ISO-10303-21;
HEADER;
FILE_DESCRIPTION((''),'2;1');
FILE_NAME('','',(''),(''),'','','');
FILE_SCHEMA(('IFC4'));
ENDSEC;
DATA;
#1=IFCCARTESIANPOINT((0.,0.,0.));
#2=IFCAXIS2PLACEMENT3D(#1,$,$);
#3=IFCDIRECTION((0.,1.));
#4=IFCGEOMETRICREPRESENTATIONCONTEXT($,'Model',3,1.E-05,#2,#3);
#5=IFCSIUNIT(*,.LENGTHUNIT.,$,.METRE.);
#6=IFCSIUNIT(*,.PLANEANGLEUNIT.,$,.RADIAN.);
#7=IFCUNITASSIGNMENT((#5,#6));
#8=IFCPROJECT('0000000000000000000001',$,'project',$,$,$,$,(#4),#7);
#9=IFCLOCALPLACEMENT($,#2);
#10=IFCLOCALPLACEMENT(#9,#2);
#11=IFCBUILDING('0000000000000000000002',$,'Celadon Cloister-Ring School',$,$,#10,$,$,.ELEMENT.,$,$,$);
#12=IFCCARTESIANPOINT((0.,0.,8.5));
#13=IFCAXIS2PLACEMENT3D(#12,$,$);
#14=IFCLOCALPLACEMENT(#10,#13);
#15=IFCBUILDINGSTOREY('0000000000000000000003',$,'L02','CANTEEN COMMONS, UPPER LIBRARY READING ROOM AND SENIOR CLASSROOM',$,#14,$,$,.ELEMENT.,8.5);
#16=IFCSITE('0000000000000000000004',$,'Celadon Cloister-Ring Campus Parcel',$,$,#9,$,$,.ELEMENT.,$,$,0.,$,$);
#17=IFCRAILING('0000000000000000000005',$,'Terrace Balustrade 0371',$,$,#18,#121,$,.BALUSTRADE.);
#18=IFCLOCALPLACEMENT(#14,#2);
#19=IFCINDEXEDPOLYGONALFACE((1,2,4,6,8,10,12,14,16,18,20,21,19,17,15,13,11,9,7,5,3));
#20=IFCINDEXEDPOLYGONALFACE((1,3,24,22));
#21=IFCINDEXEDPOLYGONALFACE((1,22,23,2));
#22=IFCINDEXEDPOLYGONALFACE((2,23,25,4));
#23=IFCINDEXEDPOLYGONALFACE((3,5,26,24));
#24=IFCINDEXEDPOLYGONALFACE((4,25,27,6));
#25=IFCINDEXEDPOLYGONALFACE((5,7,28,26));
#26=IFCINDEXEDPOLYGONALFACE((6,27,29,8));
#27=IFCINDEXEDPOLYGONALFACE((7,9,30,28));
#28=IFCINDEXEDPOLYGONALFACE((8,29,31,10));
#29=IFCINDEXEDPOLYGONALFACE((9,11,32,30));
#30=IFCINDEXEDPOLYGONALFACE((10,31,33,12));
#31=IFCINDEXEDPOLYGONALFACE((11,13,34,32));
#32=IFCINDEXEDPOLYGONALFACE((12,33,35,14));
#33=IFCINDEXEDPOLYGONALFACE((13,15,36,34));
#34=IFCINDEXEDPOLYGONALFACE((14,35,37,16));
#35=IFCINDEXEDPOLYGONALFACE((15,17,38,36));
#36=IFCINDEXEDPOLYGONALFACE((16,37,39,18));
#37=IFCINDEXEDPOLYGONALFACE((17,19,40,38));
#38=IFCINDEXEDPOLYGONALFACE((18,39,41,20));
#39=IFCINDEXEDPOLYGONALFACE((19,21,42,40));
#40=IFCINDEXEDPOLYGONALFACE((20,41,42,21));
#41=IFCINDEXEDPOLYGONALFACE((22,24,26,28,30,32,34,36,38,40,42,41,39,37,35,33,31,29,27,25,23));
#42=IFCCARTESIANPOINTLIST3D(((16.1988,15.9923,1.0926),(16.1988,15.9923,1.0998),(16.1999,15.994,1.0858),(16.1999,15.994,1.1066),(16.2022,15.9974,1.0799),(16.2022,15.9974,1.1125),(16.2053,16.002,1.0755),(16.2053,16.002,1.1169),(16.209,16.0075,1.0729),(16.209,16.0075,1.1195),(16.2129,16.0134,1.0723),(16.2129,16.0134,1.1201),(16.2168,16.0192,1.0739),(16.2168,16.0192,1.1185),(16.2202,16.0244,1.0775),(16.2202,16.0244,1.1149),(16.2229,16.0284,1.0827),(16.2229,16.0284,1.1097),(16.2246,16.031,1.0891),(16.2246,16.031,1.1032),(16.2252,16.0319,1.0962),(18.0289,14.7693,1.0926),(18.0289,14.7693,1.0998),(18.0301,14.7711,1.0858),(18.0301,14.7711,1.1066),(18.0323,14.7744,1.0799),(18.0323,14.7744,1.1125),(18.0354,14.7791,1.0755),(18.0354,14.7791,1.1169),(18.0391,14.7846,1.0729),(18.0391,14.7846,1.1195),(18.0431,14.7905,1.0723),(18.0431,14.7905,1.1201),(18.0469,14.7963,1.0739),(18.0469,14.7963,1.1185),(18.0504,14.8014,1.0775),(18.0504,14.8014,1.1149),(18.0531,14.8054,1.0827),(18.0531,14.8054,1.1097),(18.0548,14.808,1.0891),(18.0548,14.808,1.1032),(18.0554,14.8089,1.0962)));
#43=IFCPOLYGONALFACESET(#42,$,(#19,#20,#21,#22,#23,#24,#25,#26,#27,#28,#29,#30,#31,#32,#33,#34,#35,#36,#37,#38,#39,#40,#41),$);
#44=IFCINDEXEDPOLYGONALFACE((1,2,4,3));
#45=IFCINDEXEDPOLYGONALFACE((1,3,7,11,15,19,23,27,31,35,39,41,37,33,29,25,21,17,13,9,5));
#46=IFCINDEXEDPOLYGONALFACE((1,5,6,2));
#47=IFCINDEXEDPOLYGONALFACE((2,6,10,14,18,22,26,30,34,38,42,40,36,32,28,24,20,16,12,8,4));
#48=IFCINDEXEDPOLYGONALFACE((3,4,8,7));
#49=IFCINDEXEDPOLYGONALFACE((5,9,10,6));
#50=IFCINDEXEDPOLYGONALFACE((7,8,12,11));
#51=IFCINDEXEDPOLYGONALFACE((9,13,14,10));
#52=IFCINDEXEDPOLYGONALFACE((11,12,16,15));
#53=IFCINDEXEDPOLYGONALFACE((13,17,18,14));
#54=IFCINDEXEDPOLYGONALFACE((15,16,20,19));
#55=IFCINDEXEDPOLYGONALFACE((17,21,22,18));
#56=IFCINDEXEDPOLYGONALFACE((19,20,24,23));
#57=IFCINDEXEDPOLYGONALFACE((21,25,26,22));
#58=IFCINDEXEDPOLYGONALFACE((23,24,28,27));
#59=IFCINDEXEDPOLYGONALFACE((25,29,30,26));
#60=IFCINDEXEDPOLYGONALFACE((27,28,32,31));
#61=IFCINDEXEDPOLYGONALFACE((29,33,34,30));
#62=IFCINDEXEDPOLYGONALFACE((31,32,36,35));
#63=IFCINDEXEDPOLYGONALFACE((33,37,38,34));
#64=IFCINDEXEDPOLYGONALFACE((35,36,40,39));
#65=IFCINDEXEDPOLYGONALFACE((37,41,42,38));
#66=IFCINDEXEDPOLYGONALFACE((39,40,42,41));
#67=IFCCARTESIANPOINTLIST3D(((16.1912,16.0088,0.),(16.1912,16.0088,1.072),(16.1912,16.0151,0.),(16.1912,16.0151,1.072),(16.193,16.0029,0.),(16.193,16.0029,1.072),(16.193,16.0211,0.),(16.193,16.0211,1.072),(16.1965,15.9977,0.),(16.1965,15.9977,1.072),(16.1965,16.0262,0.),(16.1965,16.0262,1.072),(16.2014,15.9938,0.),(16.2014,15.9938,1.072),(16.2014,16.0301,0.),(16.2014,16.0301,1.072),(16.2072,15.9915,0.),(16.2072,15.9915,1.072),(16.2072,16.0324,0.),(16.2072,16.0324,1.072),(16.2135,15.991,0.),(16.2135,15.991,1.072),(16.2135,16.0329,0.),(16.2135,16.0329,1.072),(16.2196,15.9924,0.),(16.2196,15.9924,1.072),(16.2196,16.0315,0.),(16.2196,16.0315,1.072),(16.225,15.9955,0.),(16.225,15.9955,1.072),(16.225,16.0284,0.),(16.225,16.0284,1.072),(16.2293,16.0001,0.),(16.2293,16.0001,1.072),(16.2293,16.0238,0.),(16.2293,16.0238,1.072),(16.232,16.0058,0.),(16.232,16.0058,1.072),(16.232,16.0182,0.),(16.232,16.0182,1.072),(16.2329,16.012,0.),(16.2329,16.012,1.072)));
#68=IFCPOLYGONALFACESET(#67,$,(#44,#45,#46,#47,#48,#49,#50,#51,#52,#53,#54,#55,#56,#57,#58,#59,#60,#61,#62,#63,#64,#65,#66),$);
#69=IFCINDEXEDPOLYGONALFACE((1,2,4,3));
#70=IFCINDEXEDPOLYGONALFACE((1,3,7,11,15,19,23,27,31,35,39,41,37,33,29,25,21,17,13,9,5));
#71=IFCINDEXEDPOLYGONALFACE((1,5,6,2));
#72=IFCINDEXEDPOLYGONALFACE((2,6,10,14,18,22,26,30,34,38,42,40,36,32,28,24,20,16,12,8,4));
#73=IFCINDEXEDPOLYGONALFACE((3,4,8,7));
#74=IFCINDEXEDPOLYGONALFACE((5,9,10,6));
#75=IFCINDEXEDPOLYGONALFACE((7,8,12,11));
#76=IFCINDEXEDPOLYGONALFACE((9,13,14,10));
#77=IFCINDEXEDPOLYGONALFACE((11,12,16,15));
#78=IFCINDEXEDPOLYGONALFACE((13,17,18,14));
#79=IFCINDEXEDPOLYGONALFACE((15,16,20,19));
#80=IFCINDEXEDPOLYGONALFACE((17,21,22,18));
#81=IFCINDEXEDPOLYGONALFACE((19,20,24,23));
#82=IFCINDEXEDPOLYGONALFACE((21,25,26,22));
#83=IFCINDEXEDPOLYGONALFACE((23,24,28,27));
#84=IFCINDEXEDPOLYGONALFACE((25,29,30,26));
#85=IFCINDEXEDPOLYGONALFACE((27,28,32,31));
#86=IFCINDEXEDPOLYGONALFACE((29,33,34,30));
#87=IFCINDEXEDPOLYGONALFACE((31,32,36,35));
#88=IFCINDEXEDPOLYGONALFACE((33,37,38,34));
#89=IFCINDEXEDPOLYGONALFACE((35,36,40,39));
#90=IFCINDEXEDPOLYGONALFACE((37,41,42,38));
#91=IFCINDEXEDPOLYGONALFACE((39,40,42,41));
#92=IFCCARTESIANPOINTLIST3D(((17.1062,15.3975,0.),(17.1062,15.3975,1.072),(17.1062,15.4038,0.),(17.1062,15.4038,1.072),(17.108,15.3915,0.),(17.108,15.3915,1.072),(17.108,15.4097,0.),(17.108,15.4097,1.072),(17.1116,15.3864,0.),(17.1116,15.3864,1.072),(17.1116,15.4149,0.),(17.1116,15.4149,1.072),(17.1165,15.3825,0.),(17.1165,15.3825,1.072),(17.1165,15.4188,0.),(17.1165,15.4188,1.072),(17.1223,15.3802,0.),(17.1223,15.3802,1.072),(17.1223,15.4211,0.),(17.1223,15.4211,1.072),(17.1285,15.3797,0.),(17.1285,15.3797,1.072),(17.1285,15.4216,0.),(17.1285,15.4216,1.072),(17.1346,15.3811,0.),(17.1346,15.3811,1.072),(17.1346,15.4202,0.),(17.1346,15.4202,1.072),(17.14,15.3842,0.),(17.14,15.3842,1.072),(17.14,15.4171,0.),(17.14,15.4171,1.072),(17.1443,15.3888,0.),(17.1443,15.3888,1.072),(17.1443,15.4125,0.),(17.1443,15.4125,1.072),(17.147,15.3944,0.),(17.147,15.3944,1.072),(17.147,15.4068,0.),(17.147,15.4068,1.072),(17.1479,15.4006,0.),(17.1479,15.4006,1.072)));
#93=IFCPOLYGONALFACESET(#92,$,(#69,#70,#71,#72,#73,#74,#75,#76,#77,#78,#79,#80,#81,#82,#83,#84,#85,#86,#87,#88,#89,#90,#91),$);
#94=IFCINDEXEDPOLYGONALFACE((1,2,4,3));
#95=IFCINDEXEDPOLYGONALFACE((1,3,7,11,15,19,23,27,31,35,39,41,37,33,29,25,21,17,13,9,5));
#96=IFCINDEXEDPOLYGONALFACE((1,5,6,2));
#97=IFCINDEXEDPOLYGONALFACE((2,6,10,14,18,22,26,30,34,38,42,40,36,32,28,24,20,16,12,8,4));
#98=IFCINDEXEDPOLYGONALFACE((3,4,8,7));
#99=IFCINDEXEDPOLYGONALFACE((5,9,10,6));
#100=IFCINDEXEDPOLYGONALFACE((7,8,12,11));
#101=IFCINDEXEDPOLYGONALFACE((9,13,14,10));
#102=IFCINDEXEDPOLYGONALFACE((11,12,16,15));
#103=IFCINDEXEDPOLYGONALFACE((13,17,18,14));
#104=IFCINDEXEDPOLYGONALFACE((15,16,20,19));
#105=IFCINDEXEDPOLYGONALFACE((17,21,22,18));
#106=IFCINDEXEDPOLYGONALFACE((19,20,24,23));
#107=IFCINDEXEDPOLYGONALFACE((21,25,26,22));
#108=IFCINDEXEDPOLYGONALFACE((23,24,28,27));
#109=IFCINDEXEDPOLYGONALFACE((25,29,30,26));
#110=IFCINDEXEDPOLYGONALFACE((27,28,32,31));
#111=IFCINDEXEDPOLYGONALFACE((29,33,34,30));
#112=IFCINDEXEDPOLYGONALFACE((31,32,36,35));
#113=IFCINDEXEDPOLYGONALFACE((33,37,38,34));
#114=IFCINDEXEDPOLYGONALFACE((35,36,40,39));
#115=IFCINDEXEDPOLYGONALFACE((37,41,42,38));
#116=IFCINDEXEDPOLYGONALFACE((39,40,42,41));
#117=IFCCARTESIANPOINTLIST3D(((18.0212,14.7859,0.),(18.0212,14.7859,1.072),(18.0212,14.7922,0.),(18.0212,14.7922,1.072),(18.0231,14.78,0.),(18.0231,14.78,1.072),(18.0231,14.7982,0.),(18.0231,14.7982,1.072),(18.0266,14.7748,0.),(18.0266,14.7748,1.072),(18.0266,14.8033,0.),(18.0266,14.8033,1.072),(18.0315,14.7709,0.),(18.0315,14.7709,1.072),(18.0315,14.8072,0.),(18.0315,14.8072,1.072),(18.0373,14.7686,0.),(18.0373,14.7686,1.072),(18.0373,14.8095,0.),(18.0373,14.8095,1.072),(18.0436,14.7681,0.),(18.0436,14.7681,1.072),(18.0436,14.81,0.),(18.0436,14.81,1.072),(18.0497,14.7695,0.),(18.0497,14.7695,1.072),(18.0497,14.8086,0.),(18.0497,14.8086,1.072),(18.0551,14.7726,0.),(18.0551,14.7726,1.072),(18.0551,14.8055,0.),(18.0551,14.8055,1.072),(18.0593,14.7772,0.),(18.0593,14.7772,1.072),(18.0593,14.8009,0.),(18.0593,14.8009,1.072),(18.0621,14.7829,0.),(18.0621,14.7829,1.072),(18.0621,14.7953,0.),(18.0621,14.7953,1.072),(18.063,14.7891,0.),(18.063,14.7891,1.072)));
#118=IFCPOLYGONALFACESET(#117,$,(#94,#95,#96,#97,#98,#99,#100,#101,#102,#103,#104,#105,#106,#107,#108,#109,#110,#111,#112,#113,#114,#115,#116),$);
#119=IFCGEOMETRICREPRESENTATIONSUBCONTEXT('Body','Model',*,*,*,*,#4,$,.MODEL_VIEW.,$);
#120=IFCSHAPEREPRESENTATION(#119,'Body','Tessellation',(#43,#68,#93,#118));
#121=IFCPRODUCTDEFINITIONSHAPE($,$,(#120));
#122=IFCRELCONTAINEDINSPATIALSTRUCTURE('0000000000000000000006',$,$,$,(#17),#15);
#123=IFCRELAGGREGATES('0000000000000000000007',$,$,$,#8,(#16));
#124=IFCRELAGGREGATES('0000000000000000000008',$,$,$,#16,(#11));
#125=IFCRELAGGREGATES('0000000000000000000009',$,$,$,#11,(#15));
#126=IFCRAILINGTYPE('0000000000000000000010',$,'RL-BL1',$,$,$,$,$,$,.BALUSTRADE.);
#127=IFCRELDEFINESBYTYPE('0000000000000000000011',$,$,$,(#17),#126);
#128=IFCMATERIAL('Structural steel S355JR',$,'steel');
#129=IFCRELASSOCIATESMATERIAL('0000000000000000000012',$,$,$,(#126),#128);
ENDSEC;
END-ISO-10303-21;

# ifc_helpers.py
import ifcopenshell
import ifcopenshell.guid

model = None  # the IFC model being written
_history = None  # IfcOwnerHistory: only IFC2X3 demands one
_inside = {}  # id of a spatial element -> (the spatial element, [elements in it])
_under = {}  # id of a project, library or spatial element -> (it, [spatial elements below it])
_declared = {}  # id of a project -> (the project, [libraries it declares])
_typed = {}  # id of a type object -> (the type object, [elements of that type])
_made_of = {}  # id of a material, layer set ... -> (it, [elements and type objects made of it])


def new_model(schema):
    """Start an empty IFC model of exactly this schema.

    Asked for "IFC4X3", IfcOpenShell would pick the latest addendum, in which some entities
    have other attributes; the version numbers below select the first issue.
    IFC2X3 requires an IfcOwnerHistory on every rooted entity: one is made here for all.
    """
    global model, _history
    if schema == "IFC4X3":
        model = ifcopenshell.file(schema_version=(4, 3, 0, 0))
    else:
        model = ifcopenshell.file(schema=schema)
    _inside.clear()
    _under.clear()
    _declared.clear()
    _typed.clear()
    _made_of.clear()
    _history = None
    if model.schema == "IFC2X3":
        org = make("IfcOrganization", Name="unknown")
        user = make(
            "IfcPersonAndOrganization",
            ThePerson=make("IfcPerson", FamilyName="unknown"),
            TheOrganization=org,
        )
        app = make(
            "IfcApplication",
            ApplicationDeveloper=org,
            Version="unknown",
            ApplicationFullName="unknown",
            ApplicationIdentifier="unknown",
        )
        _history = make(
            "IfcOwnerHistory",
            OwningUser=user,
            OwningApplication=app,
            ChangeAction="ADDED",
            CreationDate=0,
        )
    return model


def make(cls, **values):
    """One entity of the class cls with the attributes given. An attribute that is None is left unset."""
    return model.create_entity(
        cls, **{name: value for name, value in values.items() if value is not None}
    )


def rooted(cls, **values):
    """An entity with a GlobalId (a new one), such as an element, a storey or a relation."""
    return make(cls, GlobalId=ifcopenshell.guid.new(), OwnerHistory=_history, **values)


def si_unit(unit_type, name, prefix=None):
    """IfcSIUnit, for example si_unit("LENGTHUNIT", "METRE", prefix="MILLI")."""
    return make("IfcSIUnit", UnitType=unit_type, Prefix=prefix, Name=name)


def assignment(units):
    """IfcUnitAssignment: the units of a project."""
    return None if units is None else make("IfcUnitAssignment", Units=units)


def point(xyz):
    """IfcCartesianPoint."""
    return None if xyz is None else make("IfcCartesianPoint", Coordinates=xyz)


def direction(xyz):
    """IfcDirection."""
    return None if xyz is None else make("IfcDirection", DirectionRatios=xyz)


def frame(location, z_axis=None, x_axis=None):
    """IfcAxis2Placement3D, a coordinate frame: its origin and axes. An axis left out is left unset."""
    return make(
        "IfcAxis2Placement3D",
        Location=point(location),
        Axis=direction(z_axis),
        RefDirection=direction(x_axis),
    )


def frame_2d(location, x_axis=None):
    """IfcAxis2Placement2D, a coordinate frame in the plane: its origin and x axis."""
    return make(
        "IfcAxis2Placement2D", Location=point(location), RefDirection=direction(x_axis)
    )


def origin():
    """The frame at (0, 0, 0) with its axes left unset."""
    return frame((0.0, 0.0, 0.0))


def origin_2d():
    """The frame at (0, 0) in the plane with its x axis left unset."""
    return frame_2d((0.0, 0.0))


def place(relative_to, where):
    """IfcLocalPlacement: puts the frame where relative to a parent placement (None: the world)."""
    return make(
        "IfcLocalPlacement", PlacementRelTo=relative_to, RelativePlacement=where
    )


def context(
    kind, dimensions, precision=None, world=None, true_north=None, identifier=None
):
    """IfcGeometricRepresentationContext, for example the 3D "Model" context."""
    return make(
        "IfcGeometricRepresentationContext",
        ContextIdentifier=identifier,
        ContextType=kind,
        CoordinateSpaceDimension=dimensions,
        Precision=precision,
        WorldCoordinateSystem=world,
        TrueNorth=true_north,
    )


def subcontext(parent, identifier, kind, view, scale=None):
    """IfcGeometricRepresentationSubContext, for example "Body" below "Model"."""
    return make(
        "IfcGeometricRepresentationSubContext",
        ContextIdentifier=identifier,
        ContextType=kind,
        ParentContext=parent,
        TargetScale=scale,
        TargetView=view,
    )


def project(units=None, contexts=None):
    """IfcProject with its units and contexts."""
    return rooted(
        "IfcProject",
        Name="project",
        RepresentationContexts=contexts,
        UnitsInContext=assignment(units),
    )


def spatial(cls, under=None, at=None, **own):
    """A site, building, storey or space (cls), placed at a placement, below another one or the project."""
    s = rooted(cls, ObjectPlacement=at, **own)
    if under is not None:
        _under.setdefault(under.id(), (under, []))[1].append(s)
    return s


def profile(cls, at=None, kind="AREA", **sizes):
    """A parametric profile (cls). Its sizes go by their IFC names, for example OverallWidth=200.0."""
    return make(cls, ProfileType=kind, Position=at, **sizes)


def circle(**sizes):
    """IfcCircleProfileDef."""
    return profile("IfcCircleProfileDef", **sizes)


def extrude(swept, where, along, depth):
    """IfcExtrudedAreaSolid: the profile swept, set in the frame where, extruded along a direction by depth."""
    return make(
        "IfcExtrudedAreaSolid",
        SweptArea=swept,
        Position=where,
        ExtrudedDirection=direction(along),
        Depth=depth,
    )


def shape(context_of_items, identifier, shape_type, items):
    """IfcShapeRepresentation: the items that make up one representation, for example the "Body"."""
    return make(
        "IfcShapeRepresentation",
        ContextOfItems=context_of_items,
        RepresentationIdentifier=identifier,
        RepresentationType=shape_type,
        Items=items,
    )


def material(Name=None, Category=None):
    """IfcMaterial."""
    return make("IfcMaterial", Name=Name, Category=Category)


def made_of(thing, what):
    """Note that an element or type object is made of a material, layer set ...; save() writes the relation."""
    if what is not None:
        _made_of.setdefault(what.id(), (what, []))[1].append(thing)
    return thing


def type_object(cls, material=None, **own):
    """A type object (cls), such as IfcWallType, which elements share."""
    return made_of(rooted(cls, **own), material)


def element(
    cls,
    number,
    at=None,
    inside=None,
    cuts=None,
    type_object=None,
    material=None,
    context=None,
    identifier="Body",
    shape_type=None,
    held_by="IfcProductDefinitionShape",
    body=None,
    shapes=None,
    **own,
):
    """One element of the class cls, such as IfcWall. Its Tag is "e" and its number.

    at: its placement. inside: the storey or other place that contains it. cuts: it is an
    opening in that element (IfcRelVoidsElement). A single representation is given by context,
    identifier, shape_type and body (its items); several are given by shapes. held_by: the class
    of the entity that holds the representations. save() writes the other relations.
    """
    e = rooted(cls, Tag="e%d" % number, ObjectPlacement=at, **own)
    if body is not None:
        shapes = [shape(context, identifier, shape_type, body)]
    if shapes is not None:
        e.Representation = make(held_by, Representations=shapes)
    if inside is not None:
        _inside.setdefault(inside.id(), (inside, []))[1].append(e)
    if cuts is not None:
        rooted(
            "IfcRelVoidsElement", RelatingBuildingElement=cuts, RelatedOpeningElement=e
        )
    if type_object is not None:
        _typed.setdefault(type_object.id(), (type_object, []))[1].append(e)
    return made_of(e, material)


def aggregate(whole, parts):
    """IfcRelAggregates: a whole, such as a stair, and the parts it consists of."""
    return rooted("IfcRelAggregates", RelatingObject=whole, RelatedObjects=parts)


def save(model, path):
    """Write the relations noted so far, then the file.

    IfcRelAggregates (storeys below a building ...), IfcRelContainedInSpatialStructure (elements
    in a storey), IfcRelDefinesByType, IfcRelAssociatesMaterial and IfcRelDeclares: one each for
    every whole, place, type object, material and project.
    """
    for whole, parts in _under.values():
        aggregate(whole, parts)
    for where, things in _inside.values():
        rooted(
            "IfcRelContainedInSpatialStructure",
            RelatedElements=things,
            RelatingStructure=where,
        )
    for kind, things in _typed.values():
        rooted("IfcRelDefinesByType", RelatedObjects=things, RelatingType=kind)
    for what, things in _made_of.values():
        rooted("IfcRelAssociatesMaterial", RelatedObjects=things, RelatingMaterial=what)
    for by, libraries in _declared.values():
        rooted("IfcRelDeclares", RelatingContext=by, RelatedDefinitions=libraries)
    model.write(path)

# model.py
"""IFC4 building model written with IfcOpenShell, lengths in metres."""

from ifc_helpers import new_model, si_unit, direction, frame, origin, origin_2d, place, context, subcontext, project, spatial, circle, extrude, material, type_object, element, save


model = new_model("IFC4")

# Units and contexts
model_context = context("Model", 3, precision=1e-05, world=origin(), true_north=direction((0.0, 1.0)))
body_context = subcontext(model_context, "Body", "Model", "MODEL_VIEW")
ifc_project = project(units=[si_unit("LENGTHUNIT", "METRE"), si_unit("PLANEANGLEUNIT", "RADIAN")], contexts=[model_context])

# Site, building, storey
site_placement = place(None, origin())
site = spatial("IfcSite", under=ifc_project, at=site_placement, Name="Celadon Cloister-Ring Campus Parcel", CompositionType="ELEMENT", RefElevation=0.0)
building_placement = place(site_placement, origin())
building = spatial("IfcBuilding", under=site, at=building_placement, Name="Celadon Cloister-Ring School", CompositionType="ELEMENT")
storey_placement = place(building_placement, frame((0.0, 0.0, 8.5)))
storey = spatial("IfcBuildingStorey", under=building, at=storey_placement, Name="L02", Description="CANTEEN COMMONS, UPPER LIBRARY READING ROOM AND SENIOR CLASSROOM", CompositionType="ELEMENT", Elevation=8.5)

# Railing
ifc_material_1 = material(Name="Structural steel S355JR", Category="steel")
railing_type = type_object("IfcRailingType", Name="RL-BL1", PredefinedType="BALUSTRADE", material=ifc_material_1)
railing_1_placement = place(storey_placement, frame((16.2119, 16.012, 0.0)))
element("IfcRailing", 1, at=railing_1_placement, inside=storey, type_object=railing_type, Name="Terrace Balustrade 0371", PredefinedType="BALUSTRADE", context=body_context, shape_type="SweptSolid", body=[
    extrude(circle(Radius=0.0239, at=origin_2d()), frame((0.0, 0.0, 1.0962), z_axis=(0.831453, -0.555596, 0.0), x_axis=(0.555596, 0.831453, 0.0)), (0.0, 0.0, 1.0), 2.2012),
    extrude(circle(Radius=0.021, at=origin_2d()), origin(), (0.0, 0.0, 1.0), 1.072),
    extrude(circle(Radius=0.021, at=origin_2d()), frame((0.915, -0.6113, 0.0)), (0.0, 0.0, 1.0), 1.072),
    extrude(circle(Radius=0.021, at=origin_2d()), frame((1.8301, -1.2229, 0.0)), (0.0, 0.0, 1.0), 1.072),
])

save(model, "model.ifc")
